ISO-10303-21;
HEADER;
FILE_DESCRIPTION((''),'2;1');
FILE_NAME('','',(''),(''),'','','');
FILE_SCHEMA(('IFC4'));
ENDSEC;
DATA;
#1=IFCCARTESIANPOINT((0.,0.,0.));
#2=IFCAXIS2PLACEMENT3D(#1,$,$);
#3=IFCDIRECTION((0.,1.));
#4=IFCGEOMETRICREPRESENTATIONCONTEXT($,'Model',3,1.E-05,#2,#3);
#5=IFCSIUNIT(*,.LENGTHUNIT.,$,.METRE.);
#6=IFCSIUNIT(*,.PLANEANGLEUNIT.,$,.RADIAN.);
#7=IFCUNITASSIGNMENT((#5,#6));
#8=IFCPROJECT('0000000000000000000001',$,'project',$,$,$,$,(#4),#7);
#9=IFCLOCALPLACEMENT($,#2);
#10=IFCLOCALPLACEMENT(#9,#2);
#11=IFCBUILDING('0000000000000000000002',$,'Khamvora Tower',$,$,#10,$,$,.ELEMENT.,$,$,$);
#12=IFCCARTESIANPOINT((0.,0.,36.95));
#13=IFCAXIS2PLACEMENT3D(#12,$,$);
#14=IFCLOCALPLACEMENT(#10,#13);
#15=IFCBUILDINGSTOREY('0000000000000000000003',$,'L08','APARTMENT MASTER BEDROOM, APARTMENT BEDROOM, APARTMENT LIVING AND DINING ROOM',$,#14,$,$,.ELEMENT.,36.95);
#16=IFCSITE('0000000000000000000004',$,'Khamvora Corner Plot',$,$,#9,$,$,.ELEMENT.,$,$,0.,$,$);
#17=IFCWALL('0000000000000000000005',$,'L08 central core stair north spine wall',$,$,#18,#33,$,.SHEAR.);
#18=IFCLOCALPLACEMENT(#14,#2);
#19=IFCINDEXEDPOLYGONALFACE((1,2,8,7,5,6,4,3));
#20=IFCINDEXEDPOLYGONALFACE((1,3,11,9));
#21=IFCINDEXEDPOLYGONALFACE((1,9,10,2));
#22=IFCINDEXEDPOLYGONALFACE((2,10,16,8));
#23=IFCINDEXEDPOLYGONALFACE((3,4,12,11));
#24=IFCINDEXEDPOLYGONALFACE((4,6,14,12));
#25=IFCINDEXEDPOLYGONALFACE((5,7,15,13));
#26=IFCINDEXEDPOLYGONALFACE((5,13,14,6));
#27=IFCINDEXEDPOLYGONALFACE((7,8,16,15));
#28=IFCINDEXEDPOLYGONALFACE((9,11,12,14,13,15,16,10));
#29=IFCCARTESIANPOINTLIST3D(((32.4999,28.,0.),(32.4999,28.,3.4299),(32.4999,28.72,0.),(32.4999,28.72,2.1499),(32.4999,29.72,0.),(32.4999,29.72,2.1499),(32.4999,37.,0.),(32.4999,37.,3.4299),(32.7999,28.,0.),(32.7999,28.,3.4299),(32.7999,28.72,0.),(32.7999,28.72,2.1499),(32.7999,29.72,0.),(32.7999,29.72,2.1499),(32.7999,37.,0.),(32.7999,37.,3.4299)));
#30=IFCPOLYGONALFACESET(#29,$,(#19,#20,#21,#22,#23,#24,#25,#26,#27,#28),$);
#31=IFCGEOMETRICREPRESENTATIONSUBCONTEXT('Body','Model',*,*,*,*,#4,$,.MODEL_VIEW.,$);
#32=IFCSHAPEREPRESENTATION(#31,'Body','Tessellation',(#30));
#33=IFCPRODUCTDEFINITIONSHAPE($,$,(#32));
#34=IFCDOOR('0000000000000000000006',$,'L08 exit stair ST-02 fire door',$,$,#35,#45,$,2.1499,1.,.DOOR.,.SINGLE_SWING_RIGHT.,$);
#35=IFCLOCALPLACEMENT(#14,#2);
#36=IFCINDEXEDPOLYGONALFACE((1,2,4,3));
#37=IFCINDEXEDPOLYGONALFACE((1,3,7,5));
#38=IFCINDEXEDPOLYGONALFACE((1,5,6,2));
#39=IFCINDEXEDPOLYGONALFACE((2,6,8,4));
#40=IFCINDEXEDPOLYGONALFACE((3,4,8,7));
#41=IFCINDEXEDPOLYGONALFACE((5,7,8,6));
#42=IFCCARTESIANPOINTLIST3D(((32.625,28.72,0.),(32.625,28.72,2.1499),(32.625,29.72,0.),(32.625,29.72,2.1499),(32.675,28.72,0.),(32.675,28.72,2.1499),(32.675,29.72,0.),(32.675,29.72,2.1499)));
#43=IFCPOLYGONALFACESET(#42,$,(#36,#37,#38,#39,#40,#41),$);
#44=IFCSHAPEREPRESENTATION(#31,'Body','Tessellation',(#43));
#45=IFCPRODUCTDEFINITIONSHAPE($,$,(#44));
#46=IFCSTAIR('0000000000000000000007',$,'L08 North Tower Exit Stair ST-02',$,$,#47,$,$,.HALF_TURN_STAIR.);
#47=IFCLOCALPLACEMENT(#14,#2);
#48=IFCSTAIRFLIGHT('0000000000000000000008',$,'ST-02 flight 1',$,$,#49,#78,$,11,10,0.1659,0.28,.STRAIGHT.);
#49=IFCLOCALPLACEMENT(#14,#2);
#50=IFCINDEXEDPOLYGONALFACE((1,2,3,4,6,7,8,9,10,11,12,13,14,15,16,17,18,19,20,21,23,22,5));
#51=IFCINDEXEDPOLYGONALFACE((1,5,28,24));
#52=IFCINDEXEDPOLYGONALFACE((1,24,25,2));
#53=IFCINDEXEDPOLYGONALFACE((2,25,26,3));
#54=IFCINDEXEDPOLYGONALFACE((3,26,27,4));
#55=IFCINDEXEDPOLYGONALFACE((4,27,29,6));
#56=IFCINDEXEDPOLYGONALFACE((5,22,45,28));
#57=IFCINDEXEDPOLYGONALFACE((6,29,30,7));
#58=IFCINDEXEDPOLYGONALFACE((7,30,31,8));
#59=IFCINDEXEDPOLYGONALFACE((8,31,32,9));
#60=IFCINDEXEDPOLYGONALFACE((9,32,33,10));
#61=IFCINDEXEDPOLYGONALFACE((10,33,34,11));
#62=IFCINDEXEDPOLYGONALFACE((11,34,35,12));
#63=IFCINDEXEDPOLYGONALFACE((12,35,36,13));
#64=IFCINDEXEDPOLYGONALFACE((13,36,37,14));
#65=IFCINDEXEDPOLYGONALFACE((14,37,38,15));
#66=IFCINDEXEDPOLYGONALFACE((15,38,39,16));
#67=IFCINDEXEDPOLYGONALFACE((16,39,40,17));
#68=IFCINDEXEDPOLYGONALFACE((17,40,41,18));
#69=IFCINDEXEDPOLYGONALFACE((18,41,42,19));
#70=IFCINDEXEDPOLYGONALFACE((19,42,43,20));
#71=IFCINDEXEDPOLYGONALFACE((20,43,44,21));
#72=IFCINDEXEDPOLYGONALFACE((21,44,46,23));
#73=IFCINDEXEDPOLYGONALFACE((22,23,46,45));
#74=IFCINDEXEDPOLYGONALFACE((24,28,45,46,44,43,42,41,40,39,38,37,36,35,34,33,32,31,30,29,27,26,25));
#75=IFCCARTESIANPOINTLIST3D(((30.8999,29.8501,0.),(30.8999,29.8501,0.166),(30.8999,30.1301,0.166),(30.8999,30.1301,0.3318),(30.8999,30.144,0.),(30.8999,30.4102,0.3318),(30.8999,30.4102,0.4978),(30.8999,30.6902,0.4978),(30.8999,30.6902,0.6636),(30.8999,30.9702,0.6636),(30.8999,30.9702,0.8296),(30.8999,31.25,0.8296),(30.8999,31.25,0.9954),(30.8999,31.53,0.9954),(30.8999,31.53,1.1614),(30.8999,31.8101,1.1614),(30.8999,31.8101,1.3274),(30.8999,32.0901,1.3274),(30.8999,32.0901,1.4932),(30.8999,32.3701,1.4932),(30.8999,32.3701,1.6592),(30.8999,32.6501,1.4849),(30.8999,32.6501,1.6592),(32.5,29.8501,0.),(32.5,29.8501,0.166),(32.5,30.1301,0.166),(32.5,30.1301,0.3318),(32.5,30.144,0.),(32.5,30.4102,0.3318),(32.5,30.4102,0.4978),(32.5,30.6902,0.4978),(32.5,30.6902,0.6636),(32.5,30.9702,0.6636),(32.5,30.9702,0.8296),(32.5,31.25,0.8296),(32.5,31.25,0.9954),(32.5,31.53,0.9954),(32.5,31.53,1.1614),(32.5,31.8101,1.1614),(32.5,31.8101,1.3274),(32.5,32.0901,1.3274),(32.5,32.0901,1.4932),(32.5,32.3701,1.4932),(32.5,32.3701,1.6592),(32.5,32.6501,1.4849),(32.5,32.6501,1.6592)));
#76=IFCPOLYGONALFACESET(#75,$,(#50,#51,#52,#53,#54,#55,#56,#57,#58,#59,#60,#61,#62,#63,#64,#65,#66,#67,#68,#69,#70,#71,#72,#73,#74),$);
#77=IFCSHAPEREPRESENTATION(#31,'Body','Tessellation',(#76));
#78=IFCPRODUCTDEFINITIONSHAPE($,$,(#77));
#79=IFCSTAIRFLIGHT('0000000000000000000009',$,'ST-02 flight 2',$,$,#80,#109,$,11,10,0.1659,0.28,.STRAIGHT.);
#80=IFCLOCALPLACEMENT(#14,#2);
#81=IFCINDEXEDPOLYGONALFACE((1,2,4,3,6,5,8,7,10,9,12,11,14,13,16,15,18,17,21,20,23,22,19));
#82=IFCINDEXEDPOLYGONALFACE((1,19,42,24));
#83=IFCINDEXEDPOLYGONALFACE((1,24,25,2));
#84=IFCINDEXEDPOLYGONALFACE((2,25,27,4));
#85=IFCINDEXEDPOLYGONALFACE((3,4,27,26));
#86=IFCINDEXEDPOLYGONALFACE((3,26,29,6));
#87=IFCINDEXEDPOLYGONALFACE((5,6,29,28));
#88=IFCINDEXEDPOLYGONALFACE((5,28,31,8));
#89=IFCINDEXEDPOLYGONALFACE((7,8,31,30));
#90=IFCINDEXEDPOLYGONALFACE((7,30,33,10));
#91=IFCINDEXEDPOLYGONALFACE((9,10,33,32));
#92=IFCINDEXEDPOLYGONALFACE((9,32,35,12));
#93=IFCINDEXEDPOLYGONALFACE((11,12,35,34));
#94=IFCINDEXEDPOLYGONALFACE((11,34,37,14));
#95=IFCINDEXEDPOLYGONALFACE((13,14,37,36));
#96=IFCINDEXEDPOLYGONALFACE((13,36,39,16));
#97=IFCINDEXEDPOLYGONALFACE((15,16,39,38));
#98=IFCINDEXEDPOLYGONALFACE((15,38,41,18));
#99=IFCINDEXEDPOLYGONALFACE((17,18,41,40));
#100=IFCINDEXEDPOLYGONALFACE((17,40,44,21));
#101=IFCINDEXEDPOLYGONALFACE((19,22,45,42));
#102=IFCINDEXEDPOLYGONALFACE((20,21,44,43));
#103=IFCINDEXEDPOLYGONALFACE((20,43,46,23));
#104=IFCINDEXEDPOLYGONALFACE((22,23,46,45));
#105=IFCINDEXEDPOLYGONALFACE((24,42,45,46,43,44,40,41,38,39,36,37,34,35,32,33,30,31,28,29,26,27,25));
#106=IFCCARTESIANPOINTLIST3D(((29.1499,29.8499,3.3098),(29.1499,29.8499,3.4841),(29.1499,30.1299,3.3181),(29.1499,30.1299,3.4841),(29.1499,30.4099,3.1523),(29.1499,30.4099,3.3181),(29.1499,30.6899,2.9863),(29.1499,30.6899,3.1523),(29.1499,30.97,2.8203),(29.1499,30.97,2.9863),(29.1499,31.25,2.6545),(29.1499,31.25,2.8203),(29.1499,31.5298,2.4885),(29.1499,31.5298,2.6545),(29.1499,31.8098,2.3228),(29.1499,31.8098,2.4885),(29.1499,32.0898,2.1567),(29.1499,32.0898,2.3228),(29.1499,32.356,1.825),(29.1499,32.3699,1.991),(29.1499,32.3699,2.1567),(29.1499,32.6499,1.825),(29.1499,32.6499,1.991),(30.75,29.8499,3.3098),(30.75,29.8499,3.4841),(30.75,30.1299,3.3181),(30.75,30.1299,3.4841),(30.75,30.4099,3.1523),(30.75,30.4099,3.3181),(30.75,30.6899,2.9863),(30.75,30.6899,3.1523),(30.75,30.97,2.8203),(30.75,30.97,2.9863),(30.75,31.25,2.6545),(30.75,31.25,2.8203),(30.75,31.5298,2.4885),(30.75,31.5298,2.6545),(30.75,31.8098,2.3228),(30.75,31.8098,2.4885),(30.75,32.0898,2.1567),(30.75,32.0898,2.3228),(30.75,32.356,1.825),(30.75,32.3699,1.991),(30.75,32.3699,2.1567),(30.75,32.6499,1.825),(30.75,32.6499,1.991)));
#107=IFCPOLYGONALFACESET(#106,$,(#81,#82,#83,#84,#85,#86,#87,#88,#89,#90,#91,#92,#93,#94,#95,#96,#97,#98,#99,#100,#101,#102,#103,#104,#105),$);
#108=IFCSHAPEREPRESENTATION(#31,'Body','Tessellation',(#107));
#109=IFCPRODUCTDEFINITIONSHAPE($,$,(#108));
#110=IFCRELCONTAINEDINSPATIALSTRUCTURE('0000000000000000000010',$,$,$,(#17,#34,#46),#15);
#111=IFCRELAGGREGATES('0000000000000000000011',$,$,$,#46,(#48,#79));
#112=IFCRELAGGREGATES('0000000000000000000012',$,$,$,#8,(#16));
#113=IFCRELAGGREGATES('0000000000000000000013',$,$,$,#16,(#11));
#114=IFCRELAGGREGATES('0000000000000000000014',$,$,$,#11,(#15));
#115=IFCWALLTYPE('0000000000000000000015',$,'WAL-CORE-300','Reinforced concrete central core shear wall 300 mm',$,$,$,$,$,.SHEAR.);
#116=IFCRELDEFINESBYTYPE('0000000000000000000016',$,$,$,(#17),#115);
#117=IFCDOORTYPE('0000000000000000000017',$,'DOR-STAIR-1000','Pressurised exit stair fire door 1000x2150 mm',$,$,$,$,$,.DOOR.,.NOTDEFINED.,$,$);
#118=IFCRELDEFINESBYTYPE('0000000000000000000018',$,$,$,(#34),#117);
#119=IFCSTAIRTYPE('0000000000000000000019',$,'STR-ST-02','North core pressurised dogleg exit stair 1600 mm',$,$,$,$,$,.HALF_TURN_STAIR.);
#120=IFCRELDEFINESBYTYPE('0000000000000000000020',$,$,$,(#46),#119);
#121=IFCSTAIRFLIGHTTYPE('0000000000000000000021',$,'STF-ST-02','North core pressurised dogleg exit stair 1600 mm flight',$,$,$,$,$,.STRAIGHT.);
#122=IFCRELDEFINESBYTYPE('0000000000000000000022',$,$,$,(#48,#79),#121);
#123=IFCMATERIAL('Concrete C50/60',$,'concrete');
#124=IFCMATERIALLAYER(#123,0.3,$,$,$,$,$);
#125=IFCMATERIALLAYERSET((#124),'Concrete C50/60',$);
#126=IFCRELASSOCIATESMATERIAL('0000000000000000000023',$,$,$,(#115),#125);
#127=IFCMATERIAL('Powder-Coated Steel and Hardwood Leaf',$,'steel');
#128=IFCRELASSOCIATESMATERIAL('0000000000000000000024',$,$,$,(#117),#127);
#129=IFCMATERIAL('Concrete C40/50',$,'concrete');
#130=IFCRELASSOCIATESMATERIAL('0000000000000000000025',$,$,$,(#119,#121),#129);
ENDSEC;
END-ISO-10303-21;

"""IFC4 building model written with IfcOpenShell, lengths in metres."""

from ifc_helpers import new_model, si_unit, direction, frame, frame_2d, origin, place, context, subcontext, project, spatial, polyline, rectangle, outline, extrude, material, layer, layer_set, type_object, element, fill, aggregate, save


model = new_model("IFC4")

# Units and contexts
model_context = context("Model", 3, precision=1e-05, world=origin(), true_north=direction((0.0, 1.0)))
body_context = subcontext(model_context, "Body", "Model", "MODEL_VIEW")
ifc_project = project(units=[si_unit("LENGTHUNIT", "METRE"), si_unit("PLANEANGLEUNIT", "RADIAN")], contexts=[model_context])

# Site, building, storey
site_placement = place(None, origin())
site = spatial("IfcSite", under=ifc_project, at=site_placement, Name="Khamvora Corner Plot", CompositionType="ELEMENT", RefElevation=0.0)
building_placement = place(site_placement, origin())
building = spatial("IfcBuilding", under=site, at=building_placement, Name="Khamvora Tower", CompositionType="ELEMENT")
storey_placement = place(building_placement, frame((0.0, 0.0, 36.95)))
storey = spatial("IfcBuildingStorey", under=building, at=storey_placement, Name="L08", Description="APARTMENT MASTER BEDROOM, APARTMENT BEDROOM, APARTMENT LIVING AND DINING ROOM", CompositionType="ELEMENT", Elevation=36.95)

# Wall, opening, door
ifc_material_1 = material(Name="Concrete C50/60", Category="concrete")
ifc_layer_1 = layer(ifc_material_1, 0.3)
ifc_layer_set_1 = layer_set([ifc_layer_1], Name="Concrete C50/60")
wall_type = type_object("IfcWallType", Name="WAL-CORE-300", Description="Reinforced concrete central core shear wall 300 mm", PredefinedType="SHEAR", material=ifc_layer_set_1)
ifc_material_2 = material(Name="Powder-Coated Steel and Hardwood Leaf", Category="steel")
wall_1_placement = place(storey_placement, frame((32.6499, 28.0, 0.0), z_axis=(0.0, 0.0, 1.0), x_axis=(0.0, 1.0, 0.0)))
wall_1 = element("IfcWall", 1, at=wall_1_placement, inside=storey, type_object=wall_type, Name="L08 central core stair north spine wall", PredefinedType="SHEAR", context=body_context, shape_type="SweptSolid", body=[
    extrude(rectangle(XDim=9.0, YDim=0.3, at=frame_2d((4.5, 0.0))), origin(), (0.0, 0.0, 1.0), 3.4299),
])
opening_1_placement = place(wall_1_placement, frame((0.72, 0.0, 0.0)))
opening_1 = element("IfcOpeningElement", 2, at=opening_1_placement, cuts=wall_1, PredefinedType="OPENING", context=body_context, shape_type="SweptSolid", body=[
    extrude(rectangle(XDim=1.0, YDim=2.1499, at=frame_2d((0.5, 1.075))), frame((0.0, 0.1599, 0.0), z_axis=(0.0, -1.0, 0.0), x_axis=(1.0, 0.0, 0.0)), (0.0, 0.0, 1.0), 0.3201),
])
door_type_1 = type_object("IfcDoorType", Name="DOR-STAIR-1000", Description="Pressurised exit stair fire door 1000x2150 mm", OperationType="NOTDEFINED", PredefinedType="DOOR", material=ifc_material_2)
door_1_placement = place(opening_1_placement, origin())
door_1 = element("IfcDoor", 3, at=door_1_placement, inside=storey, type_object=door_type_1, Name="L08 exit stair ST-02 fire door", OperationType="SINGLE_SWING_RIGHT", OverallHeight=2.1499, OverallWidth=1.0, PredefinedType="DOOR", context=body_context, shape_type="SweptSolid", body=[
    extrude(rectangle(XDim=1.0, YDim=2.1499, at=frame_2d((0.5, 1.075))), frame((0.0, 0.0249, 0.0), z_axis=(0.0, -1.0, 0.0), x_axis=(1.0, 0.0, 0.0)), (0.0, 0.0, 1.0), 0.05),
])
fill(opening_1, door_1)

# Stair, stair flights
ifc_material_3 = material(Name="Concrete C40/50", Category="concrete")
stair_type = type_object("IfcStairType", Name="STR-ST-02", Description="North core pressurised dogleg exit stair 1600 mm", PredefinedType="HALF_TURN_STAIR", material=ifc_material_3)
stair_placement = place(storey_placement, origin())
stair = element("IfcStair", 4, at=stair_placement, inside=storey, type_object=stair_type, Name="L08 North Tower Exit Stair ST-02", PredefinedType="HALF_TURN_STAIR")
stair_flight_type = type_object("IfcStairFlightType", Name="STF-ST-02", Description="North core pressurised dogleg exit stair 1600 mm flight", PredefinedType="STRAIGHT", material=ifc_material_3)
stair_flight_1_placement = place(storey_placement, frame((31.7, 29.8501, 0.0), z_axis=(0.0, 0.0, 1.0), x_axis=(0.0, 1.0, 0.0)))
stair_flight_1 = element("IfcStairFlight", 5, at=stair_flight_1_placement, type_object=stair_flight_type, Name="ST-02 flight 1", NumberOfRisers=11, NumberOfTreads=10, PredefinedType="STRAIGHT", RiserHeight=0.1659, TreadLength=0.28, context=body_context, shape_type="SweptSolid", body=[
    extrude(outline(polyline([(0.0, 0.0), (0.0, 0.166), (0.28, 0.166), (0.28, 0.3318), (0.5601, 0.3318), (0.5601, 0.4978), (0.8401, 0.4978), (0.8401, 0.6636), (1.1201, 0.6636), (1.1201, 0.8296), (1.3999, 0.8296), (1.3999, 0.9954), (1.6799, 0.9954), (1.6799, 1.1614), (1.96, 1.1614), (1.96, 1.3274), (2.24, 1.3274), (2.24, 1.4932), (2.52, 1.4932), (2.52, 1.6592), (2.8, 1.6592), (2.8, 1.825), (2.8, 1.4849), (0.2939, 0.0), (0.0, 0.0)])), frame((0.0, 0.8, 0.0), z_axis=(0.0, -1.0, 0.0), x_axis=(1.0, 0.0, 0.0)), (0.0, 0.0, 1.0), 1.6001),
])
stair_flight_2_placement = place(storey_placement, frame((29.95, 32.6499, 1.825), z_axis=(0.0, 0.0, 1.0), x_axis=(0.0, -1.0, 0.0)))
stair_flight_2 = element("IfcStairFlight", 6, at=stair_flight_2_placement, type_object=stair_flight_type, Name="ST-02 flight 2", NumberOfRisers=11, NumberOfTreads=10, PredefinedType="STRAIGHT", RiserHeight=0.1659, TreadLength=0.28, context=body_context, shape_type="SweptSolid", body=[
    extrude(outline(polyline([(0.0, 0.0), (0.0, 0.166), (0.28, 0.166), (0.28, 0.3318), (0.5601, 0.3318), (0.5601, 0.4978), (0.8401, 0.4978), (0.8401, 0.6636), (1.1201, 0.6636), (1.1201, 0.8296), (1.3999, 0.8296), (1.3999, 0.9954), (1.6799, 0.9954), (1.6799, 1.1614), (1.96, 1.1614), (1.96, 1.3274), (2.24, 1.3274), (2.24, 1.4932), (2.52, 1.4932), (2.52, 1.6592), (2.8, 1.6592), (2.8, 1.825), (2.8, 1.4849), (0.2939, 0.0), (0.0, 0.0)])), frame((0.0, 0.8, 0.0), z_axis=(0.0, -1.0, 0.0), x_axis=(1.0, 0.0, 0.0)), (0.0, 0.0, 1.0), 1.6001),
])
aggregate(stair, [stair_flight_1, stair_flight_2])

save(model, "model.ifc")
